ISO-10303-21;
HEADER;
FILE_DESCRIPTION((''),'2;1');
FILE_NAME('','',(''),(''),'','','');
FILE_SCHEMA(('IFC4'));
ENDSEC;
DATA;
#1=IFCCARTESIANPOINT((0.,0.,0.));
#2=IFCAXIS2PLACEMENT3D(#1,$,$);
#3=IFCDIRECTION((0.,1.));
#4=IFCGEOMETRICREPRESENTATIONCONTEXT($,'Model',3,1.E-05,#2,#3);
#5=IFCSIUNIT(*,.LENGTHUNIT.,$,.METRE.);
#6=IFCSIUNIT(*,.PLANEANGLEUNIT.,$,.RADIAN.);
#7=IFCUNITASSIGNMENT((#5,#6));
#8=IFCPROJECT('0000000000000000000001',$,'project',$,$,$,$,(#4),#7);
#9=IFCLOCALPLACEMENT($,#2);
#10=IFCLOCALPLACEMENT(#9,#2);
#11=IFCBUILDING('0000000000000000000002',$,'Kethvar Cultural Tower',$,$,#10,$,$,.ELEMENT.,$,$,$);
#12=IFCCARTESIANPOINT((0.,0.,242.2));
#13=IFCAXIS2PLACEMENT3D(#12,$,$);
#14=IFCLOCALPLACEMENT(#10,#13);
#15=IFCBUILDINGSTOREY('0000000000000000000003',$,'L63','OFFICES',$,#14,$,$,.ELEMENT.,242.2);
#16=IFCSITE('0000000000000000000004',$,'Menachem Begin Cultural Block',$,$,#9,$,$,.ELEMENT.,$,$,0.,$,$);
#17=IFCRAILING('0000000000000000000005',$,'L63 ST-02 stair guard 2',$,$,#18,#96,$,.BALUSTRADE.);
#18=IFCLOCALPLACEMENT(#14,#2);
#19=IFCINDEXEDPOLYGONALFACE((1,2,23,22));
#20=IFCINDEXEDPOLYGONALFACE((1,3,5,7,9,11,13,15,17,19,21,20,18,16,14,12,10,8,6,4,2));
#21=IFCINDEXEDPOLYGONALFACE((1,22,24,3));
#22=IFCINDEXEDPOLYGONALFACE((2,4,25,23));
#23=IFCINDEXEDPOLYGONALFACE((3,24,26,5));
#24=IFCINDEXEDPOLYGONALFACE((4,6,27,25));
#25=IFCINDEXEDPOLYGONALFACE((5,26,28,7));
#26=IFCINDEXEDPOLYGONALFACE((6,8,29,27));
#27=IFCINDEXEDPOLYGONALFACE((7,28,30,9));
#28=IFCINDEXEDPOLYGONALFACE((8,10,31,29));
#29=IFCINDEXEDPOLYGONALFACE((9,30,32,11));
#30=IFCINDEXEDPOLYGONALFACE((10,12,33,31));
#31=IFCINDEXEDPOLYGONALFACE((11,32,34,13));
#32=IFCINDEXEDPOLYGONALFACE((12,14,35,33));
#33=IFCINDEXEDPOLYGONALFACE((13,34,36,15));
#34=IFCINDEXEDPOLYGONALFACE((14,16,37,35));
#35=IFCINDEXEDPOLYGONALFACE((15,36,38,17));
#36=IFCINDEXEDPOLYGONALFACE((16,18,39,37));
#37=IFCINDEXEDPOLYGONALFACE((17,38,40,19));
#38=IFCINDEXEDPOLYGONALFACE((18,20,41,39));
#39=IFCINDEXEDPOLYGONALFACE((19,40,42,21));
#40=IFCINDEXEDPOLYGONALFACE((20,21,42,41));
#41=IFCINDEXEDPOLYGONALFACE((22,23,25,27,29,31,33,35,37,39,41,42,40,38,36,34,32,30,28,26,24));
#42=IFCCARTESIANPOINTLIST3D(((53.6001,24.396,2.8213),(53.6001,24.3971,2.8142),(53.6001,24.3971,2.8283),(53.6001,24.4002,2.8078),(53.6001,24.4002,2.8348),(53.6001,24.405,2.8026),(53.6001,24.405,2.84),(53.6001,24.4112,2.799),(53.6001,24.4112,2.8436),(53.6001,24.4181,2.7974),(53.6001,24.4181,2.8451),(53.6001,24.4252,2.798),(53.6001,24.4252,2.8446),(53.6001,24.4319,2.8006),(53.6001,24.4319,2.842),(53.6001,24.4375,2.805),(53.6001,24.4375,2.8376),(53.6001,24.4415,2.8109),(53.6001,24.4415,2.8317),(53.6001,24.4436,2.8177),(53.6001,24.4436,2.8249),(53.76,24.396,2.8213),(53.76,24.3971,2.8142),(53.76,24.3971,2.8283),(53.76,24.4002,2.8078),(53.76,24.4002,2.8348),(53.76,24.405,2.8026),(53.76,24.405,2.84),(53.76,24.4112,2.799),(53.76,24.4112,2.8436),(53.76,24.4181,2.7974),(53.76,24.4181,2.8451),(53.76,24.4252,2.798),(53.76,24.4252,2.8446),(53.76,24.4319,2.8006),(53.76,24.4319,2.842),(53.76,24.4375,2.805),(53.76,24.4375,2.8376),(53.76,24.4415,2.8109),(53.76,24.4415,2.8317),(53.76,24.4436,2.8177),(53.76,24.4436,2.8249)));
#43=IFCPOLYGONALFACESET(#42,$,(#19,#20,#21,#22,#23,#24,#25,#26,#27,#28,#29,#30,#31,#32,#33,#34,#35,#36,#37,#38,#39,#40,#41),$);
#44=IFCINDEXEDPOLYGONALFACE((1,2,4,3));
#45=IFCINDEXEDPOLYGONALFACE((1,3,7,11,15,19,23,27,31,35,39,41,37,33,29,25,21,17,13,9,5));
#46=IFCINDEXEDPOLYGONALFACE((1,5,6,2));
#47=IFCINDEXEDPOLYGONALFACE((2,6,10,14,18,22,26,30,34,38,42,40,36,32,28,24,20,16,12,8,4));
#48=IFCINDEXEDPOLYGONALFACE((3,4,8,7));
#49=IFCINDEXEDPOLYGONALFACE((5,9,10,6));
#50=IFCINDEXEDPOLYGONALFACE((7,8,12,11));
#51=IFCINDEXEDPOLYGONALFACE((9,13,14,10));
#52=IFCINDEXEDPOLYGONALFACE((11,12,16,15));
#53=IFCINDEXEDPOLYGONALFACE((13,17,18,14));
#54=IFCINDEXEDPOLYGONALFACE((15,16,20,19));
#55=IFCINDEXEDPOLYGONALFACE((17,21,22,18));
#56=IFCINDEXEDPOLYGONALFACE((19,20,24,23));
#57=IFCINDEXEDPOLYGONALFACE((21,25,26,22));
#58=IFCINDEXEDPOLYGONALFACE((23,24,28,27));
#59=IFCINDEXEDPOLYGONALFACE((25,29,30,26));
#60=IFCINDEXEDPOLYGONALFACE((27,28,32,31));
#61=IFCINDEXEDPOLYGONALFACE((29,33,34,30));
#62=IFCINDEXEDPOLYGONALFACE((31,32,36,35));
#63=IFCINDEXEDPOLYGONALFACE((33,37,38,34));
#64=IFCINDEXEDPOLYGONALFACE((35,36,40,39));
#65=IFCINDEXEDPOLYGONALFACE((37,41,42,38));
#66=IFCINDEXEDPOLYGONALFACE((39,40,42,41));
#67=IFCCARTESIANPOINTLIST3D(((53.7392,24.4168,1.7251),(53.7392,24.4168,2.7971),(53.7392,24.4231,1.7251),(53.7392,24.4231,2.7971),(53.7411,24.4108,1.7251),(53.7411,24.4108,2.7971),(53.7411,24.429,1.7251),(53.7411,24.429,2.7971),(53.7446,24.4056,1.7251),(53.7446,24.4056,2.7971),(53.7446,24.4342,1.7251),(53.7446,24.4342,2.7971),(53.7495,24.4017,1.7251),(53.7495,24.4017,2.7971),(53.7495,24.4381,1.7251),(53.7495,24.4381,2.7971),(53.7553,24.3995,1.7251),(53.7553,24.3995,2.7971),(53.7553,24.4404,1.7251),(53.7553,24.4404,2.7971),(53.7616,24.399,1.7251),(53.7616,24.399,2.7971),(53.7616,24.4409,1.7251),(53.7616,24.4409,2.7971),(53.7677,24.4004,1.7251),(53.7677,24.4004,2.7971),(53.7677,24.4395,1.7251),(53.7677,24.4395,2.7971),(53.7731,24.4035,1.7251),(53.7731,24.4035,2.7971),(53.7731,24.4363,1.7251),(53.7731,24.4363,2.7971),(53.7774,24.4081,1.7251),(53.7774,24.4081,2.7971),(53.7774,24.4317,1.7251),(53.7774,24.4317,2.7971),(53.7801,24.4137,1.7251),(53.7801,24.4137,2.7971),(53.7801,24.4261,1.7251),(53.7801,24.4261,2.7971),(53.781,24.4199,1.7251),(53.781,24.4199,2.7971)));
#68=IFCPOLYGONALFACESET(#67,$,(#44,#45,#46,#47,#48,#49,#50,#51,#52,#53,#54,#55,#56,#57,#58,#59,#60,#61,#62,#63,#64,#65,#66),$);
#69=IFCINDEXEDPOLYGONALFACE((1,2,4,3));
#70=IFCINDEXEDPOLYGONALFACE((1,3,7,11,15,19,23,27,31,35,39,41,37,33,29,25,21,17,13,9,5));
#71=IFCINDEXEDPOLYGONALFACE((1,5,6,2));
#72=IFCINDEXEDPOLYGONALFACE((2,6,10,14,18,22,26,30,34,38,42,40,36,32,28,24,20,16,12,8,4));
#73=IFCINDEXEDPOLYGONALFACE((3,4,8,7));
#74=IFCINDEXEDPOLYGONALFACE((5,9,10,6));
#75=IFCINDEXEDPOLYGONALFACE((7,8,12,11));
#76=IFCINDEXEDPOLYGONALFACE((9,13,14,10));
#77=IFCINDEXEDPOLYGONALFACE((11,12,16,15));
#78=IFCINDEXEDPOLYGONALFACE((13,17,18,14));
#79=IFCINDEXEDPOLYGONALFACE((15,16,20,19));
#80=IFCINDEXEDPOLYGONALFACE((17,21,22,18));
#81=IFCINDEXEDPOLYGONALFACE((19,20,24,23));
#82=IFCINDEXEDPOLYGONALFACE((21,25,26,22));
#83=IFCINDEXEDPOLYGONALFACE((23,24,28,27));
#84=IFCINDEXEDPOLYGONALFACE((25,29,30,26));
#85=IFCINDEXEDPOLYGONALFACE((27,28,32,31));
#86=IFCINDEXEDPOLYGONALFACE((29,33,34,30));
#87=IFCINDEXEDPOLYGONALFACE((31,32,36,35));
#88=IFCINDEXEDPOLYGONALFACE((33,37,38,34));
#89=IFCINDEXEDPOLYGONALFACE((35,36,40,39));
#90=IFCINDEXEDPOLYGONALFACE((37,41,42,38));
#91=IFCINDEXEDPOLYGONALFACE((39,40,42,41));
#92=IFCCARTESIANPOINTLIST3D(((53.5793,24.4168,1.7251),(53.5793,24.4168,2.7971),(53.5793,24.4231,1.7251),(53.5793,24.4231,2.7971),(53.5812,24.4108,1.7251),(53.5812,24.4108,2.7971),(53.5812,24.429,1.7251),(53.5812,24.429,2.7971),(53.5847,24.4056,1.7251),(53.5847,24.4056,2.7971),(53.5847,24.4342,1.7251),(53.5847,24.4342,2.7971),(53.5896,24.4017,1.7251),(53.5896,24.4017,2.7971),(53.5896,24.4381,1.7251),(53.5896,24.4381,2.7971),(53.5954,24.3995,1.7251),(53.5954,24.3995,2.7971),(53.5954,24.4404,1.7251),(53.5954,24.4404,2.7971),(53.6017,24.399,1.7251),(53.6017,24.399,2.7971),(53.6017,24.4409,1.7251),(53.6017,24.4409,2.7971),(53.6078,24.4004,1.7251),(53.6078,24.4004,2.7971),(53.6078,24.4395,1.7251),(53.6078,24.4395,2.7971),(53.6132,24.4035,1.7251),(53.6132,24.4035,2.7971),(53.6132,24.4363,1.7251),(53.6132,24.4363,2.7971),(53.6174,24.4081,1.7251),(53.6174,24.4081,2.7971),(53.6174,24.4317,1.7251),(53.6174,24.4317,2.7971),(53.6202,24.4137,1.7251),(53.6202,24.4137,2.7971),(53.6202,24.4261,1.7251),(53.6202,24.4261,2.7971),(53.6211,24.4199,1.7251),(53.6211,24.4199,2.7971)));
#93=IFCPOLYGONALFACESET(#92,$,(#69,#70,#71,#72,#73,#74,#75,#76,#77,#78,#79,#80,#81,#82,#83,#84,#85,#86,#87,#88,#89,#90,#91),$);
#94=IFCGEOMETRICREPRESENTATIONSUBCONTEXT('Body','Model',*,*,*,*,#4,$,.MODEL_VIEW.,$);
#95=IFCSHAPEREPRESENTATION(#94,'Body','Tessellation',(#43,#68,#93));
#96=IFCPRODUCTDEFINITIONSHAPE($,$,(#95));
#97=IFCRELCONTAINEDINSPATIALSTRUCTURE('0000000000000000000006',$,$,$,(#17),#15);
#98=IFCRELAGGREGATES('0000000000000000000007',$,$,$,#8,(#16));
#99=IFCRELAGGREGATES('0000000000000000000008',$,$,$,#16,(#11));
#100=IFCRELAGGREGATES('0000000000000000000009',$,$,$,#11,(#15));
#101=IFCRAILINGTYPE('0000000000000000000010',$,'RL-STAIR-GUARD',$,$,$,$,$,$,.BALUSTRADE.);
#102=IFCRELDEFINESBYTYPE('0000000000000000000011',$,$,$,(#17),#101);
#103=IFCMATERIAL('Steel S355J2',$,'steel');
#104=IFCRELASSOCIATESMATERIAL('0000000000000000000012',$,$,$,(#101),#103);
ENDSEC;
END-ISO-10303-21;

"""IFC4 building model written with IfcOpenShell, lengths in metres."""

from ifc_helpers import new_model, si_unit, direction, frame, origin, origin_2d, place, context, subcontext, project, spatial, circle, extrude, material, type_object, element, save


model = new_model("IFC4")

# Units and contexts
model_context = context("Model", 3, precision=1e-05, world=origin(), true_north=direction((0.0, 1.0)))
body_context = subcontext(model_context, "Body", "Model", "MODEL_VIEW")
ifc_project = project(units=[si_unit("LENGTHUNIT", "METRE"), si_unit("PLANEANGLEUNIT", "RADIAN")], contexts=[model_context])

# Site, building, storey
site_placement = place(None, origin())
site = spatial("IfcSite", under=ifc_project, at=site_placement, Name="Menachem Begin Cultural Block", CompositionType="ELEMENT", RefElevation=0.0)
building_placement = place(site_placement, origin())
building = spatial("IfcBuilding", under=site, at=building_placement, Name="Kethvar Cultural Tower", CompositionType="ELEMENT")
storey_placement = place(building_placement, frame((0.0, 0.0, 242.2)))
storey = spatial("IfcBuildingStorey", under=building, at=storey_placement, Name="L63", Description="OFFICES", CompositionType="ELEMENT", Elevation=242.2)

# Shared definitions
ifc_material_1 = material(Name="Steel S355J2", Category="steel")

# Railing
railing_type_1 = type_object("IfcRailingType", Name="RL-STAIR-GUARD", PredefinedType="BALUSTRADE", material=ifc_material_1)
railing_1_placement = place(storey_placement, frame((53.76, 24.4199, 1.7251)))
element("IfcRailing", 1, at=railing_1_placement, inside=storey, type_object=railing_type_1, Name="L63 ST-02 stair guard 2", PredefinedType="BALUSTRADE", context=body_context, shape_type="SweptSolid", body=[
    extrude(circle(Radius=0.0239, at=origin_2d()), frame((0.0, 0.0, 1.0962), z_axis=(-1.0, 0.0, 0.0), x_axis=(0.0, -1.0, 0.0)), (0.0, 0.0, 1.0), 0.1599),
    extrude(circle(Radius=0.021, at=origin_2d()), origin(), (0.0, 0.0, 1.0), 1.072),
    extrude(circle(Radius=0.021, at=origin_2d()), frame((-0.1599, 0.0, 0.0)), (0.0, 0.0, 1.0), 1.072),
])

save(model, "model.ifc")
